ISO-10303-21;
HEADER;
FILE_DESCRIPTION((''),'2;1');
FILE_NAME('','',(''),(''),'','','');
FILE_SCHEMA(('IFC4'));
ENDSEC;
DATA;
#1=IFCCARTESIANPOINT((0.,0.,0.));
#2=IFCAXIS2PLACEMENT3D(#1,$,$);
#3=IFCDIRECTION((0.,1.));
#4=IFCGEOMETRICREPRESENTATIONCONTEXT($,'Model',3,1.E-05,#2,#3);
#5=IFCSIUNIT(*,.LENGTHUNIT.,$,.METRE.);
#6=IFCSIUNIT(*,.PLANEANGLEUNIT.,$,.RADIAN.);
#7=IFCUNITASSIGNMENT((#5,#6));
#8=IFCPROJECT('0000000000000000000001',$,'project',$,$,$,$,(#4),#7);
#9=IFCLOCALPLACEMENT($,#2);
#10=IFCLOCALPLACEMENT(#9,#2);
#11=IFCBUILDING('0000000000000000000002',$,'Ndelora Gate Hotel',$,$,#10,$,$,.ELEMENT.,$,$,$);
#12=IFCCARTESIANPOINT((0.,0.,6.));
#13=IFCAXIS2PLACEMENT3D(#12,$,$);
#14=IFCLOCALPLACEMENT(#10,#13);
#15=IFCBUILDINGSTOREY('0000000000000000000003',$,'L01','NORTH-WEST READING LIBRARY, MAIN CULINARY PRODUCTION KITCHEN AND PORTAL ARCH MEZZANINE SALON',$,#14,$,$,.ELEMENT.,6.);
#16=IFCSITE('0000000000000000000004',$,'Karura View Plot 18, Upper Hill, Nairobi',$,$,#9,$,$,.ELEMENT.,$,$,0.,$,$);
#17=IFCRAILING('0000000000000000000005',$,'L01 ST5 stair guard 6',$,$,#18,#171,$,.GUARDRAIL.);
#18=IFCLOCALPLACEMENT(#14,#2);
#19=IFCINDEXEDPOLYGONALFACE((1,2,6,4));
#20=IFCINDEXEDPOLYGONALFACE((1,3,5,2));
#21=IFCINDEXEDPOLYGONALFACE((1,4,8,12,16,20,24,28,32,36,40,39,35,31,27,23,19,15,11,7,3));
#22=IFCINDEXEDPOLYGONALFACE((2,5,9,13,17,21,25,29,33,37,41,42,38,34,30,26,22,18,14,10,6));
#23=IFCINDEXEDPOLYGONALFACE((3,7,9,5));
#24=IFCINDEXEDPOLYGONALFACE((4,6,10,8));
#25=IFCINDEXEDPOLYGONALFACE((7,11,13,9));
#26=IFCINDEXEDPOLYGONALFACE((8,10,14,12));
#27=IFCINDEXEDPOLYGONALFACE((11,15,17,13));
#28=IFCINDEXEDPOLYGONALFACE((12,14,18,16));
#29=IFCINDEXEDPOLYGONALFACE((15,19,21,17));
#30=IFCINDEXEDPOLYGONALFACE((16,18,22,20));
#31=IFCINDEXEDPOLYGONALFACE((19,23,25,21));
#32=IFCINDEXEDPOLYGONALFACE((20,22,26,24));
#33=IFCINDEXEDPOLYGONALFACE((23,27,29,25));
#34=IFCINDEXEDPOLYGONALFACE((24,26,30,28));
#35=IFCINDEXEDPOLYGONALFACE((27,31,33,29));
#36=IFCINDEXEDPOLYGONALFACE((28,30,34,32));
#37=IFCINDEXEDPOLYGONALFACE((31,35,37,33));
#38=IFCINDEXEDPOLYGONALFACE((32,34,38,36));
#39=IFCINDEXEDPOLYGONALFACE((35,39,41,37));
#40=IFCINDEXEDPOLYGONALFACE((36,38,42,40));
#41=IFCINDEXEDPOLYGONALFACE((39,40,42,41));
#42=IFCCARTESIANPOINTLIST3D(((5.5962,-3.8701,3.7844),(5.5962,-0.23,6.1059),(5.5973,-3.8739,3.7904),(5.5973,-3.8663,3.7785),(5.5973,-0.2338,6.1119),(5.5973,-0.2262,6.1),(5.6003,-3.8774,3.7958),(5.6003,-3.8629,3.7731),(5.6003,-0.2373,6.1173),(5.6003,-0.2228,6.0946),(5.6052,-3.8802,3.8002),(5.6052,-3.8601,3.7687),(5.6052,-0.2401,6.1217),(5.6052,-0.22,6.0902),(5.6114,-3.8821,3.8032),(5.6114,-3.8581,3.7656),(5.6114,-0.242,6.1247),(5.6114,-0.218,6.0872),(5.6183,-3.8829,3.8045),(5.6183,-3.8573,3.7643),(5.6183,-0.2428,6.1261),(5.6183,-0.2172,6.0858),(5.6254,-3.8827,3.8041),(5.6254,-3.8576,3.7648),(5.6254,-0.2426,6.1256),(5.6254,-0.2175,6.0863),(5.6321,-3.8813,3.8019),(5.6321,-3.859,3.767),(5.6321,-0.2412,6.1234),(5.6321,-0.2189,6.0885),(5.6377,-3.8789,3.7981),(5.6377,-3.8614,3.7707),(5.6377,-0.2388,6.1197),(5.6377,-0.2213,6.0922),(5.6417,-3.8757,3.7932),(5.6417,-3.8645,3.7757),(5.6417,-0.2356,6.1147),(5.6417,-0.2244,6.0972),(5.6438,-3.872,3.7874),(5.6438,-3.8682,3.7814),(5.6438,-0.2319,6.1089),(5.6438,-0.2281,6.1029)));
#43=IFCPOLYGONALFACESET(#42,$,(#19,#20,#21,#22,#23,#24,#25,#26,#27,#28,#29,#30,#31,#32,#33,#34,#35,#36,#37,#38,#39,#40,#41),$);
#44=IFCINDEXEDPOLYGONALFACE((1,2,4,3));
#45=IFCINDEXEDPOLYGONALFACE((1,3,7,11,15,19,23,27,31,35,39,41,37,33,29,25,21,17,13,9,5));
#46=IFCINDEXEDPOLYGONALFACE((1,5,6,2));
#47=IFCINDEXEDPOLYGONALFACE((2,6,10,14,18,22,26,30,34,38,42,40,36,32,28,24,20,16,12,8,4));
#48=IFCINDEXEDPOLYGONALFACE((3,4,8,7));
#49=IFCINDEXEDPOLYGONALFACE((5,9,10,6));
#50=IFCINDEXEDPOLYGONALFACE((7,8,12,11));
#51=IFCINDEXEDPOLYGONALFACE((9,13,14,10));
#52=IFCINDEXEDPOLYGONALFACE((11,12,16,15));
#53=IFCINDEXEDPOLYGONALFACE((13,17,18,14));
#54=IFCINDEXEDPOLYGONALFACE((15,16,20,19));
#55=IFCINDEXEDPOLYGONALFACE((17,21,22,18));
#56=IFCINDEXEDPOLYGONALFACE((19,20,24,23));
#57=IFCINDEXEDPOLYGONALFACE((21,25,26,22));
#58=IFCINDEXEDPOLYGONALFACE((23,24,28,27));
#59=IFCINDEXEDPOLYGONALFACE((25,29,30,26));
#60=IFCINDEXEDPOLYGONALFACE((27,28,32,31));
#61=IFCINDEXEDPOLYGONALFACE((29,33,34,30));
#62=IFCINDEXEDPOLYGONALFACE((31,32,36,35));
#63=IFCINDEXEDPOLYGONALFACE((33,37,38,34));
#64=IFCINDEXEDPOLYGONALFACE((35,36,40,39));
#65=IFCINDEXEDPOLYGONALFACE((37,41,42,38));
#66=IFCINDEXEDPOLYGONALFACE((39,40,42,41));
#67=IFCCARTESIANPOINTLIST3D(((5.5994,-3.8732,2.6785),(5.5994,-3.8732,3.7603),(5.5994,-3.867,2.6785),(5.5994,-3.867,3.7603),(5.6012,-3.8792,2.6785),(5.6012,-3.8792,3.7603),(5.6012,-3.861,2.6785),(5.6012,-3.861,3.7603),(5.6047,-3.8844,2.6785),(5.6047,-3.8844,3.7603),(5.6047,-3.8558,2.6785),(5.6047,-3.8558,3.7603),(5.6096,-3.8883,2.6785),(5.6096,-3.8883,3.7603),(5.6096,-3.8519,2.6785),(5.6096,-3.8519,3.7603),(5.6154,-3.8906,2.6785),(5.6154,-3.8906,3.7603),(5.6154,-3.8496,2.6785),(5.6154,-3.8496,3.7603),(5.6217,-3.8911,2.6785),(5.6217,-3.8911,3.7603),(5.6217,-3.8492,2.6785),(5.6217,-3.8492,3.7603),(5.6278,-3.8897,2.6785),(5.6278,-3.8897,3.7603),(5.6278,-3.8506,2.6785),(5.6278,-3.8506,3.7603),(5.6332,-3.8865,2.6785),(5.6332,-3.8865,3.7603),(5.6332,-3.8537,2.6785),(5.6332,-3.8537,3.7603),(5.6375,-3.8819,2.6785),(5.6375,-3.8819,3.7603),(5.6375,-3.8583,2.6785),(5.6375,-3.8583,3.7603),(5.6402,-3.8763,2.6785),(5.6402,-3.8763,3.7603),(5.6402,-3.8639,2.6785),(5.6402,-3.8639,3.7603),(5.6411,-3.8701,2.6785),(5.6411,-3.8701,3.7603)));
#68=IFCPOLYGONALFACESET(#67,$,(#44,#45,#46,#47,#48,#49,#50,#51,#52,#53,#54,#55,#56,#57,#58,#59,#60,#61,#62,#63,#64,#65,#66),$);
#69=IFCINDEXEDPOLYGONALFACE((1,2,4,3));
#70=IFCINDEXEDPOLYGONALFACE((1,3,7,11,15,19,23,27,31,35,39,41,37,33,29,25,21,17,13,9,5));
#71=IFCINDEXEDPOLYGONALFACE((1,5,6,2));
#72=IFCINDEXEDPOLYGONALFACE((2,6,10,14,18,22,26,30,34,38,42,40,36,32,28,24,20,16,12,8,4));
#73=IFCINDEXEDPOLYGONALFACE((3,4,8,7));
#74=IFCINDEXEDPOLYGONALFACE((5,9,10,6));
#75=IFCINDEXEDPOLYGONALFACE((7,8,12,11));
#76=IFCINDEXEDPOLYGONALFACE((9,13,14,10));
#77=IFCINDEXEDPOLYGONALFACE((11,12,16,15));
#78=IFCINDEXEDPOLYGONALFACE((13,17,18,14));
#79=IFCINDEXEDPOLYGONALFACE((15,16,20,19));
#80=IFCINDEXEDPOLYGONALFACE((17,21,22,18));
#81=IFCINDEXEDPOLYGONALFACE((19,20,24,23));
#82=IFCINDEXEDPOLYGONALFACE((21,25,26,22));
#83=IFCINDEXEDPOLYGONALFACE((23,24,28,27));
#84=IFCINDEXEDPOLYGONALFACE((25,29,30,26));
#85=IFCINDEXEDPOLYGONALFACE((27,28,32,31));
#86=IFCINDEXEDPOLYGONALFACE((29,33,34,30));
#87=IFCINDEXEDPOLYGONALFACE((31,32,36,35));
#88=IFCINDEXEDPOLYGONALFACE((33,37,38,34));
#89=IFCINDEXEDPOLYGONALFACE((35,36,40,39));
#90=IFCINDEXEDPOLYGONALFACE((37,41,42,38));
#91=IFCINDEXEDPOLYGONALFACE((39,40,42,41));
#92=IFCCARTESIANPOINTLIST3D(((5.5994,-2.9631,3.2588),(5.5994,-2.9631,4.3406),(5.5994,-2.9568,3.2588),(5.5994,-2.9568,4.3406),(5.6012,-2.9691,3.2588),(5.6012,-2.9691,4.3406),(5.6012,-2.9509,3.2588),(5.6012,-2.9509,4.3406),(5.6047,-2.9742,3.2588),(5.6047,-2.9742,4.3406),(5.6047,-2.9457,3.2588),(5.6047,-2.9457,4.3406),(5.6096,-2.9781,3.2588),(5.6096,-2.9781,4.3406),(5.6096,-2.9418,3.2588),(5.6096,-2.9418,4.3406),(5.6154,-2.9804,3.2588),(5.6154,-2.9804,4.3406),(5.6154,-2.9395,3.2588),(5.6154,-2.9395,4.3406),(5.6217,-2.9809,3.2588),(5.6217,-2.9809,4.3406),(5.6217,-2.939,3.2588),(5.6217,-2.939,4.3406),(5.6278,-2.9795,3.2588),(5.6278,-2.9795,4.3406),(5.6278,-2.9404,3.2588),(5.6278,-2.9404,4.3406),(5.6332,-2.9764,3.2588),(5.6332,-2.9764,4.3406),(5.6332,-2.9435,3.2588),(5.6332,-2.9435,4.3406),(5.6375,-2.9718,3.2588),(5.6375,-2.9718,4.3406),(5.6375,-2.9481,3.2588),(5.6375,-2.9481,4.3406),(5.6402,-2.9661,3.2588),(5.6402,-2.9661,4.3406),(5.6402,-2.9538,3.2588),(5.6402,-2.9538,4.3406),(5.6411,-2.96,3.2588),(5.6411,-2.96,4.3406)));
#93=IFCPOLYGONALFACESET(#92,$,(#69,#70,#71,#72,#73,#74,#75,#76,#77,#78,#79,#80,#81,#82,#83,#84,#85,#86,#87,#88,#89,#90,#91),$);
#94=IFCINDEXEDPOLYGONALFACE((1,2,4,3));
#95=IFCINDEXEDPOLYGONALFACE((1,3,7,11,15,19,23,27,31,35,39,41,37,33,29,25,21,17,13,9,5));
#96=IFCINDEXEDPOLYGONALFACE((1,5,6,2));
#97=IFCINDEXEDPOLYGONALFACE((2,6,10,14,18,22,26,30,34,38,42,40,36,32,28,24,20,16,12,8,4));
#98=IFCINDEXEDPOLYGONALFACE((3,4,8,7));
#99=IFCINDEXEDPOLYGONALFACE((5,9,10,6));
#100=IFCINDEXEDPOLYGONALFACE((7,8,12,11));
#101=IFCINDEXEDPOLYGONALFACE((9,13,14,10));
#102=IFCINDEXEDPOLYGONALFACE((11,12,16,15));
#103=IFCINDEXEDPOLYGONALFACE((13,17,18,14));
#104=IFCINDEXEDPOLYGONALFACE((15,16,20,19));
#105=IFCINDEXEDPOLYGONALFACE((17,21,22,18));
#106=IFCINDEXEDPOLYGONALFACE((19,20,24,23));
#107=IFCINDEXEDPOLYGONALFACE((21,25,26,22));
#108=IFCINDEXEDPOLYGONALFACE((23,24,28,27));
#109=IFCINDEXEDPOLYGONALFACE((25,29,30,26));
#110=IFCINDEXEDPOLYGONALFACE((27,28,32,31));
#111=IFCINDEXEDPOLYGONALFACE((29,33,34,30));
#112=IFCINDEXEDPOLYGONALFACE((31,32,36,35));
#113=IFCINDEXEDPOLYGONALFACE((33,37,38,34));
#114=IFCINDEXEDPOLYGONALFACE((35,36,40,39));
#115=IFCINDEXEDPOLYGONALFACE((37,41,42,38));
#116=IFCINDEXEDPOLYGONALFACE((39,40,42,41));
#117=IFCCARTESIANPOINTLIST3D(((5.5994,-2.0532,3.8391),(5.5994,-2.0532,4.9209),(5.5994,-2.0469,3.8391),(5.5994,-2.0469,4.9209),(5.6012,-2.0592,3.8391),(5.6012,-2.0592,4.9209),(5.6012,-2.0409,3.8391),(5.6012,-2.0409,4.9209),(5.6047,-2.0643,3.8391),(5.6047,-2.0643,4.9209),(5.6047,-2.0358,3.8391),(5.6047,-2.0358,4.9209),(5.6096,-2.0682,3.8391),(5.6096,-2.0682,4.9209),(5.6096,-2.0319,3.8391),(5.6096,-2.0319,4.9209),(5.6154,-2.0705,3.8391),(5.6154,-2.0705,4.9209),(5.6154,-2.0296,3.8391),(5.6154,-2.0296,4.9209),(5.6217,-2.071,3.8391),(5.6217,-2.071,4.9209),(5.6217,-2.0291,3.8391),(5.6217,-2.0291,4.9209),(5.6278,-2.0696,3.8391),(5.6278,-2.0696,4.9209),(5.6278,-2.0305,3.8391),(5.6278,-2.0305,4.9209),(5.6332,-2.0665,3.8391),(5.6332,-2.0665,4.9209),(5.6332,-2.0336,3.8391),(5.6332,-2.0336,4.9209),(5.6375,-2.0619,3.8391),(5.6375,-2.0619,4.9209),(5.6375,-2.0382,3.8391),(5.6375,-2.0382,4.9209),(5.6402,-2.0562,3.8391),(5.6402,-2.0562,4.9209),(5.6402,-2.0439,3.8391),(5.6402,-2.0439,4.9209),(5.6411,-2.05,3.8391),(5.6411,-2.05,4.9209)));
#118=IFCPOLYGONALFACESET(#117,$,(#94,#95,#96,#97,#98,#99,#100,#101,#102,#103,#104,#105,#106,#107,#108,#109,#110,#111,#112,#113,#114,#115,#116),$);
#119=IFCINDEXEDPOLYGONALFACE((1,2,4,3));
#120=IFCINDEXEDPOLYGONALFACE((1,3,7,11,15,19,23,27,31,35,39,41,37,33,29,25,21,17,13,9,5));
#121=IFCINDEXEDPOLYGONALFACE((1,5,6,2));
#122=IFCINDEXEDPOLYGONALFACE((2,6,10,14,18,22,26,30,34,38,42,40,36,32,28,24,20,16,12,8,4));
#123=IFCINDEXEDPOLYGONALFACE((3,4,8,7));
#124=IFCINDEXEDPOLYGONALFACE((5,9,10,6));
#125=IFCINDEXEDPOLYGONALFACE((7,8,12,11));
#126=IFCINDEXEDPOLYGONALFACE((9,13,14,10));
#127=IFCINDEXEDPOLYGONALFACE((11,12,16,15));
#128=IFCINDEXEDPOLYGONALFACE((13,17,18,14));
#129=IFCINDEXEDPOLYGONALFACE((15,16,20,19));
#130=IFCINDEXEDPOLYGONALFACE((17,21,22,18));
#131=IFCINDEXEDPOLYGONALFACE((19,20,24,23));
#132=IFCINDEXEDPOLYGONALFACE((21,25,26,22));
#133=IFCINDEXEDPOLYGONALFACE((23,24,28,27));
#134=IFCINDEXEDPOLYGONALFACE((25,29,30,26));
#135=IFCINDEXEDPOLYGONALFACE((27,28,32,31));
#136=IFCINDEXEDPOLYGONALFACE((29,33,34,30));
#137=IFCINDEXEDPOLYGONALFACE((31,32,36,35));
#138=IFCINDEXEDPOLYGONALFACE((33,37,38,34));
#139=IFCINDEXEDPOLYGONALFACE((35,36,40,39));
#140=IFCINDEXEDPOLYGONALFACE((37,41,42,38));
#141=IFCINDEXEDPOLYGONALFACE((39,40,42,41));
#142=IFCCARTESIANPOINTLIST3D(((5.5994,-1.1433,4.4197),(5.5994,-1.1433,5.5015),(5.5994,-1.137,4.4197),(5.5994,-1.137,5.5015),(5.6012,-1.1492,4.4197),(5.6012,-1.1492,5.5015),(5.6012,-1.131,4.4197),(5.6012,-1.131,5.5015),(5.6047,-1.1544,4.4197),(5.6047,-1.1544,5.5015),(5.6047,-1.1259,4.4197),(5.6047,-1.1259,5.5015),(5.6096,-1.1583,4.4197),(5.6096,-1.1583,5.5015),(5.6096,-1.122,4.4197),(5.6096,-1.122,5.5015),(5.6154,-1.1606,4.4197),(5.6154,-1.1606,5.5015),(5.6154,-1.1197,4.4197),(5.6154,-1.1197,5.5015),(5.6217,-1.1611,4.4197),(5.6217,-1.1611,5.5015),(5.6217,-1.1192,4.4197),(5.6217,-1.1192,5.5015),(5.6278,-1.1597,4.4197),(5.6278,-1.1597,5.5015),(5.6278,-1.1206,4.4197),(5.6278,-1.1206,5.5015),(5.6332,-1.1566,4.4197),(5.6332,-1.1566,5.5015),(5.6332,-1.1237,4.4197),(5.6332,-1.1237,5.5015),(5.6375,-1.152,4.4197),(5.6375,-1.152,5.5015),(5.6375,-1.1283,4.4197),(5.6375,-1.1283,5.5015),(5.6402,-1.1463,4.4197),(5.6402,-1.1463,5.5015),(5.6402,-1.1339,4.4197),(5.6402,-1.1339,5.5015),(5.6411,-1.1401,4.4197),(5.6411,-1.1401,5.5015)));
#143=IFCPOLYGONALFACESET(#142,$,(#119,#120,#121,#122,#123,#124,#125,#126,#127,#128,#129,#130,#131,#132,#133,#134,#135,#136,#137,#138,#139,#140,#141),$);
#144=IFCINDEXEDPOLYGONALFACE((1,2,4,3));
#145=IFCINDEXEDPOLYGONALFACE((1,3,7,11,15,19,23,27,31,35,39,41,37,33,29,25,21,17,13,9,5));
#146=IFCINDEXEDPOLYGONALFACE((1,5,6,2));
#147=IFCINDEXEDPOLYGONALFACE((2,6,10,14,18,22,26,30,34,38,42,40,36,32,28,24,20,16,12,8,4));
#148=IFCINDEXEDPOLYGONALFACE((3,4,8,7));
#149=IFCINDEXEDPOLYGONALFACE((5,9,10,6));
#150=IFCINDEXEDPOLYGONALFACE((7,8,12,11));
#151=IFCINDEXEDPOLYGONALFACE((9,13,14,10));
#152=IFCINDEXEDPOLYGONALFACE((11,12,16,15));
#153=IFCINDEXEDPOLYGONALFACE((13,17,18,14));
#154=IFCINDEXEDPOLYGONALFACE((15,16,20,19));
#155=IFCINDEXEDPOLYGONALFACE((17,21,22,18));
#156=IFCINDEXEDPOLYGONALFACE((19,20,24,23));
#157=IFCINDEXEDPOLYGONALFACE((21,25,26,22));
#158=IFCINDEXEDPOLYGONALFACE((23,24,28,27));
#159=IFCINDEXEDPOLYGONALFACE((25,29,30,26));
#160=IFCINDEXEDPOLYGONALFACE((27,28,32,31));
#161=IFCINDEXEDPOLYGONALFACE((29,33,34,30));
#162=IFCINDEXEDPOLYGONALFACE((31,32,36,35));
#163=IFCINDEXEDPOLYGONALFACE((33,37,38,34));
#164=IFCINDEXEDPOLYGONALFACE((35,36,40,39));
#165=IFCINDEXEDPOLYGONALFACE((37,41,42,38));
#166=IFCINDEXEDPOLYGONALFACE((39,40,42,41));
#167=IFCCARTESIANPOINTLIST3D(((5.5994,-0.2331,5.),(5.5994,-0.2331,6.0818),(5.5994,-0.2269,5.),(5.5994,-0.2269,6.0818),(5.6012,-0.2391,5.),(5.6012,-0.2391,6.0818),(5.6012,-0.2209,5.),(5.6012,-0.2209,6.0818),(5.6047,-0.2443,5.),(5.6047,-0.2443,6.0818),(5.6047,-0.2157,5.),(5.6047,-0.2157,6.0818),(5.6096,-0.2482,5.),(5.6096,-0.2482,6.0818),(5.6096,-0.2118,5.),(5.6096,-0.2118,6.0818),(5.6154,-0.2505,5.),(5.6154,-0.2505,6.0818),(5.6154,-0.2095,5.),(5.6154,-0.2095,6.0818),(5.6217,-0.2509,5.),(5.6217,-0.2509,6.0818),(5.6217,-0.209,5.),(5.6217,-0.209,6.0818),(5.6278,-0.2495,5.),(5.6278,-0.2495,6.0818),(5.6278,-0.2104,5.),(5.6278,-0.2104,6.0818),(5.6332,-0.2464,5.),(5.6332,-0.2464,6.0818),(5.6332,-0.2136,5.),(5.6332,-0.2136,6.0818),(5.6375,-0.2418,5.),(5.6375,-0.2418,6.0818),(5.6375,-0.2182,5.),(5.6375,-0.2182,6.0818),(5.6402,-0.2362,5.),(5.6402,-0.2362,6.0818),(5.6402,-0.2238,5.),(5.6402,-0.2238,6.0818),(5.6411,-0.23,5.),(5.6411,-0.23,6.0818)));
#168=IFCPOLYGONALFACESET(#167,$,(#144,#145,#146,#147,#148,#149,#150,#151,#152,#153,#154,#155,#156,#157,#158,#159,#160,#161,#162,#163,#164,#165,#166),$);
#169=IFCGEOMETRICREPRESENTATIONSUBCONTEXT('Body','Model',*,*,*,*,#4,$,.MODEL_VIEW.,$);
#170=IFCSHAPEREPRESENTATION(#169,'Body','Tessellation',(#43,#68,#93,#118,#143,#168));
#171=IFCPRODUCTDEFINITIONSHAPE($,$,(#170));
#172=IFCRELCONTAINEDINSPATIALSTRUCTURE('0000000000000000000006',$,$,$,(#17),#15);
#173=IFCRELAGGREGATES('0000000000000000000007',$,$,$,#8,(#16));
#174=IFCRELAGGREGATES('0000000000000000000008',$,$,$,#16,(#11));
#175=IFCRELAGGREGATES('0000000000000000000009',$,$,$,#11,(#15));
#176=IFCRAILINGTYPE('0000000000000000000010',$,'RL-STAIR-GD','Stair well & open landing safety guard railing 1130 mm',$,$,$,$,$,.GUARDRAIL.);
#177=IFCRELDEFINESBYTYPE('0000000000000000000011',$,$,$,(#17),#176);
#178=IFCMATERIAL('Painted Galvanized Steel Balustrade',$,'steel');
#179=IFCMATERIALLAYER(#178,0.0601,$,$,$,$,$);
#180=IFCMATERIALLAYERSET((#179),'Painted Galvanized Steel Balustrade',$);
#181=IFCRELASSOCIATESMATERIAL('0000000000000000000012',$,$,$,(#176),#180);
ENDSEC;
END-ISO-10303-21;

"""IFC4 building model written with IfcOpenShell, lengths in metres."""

from ifc_helpers import new_model, si_unit, direction, frame, origin, origin_2d, place, context, subcontext, project, spatial, circle, extrude, material, layer, layer_set, type_object, element, save


model = new_model("IFC4")

# Units and contexts
model_context = context("Model", 3, precision=1e-05, world=origin(), true_north=direction((0.0, 1.0)))
body_context = subcontext(model_context, "Body", "Model", "MODEL_VIEW")
ifc_project = project(units=[si_unit("LENGTHUNIT", "METRE"), si_unit("PLANEANGLEUNIT", "RADIAN")], contexts=[model_context])

# Site, building, storey
site_placement = place(None, origin())
site = spatial("IfcSite", under=ifc_project, at=site_placement, Name="Karura View Plot 18, Upper Hill, Nairobi", CompositionType="ELEMENT", RefElevation=0.0)
building_placement = place(site_placement, origin())
building = spatial("IfcBuilding", under=site, at=building_placement, Name="Ndelora Gate Hotel", CompositionType="ELEMENT")
storey_placement = place(building_placement, frame((0.0, 0.0, 6.0)))
storey = spatial("IfcBuildingStorey", under=building, at=storey_placement, Name="L01", Description="NORTH-WEST READING LIBRARY, MAIN CULINARY PRODUCTION KITCHEN AND PORTAL ARCH MEZZANINE SALON", CompositionType="ELEMENT", Elevation=6.0)

# Railing
ifc_material_1 = material(Name="Painted Galvanized Steel Balustrade", Category="steel")
ifc_layer_1 = layer(ifc_material_1, 0.0601)
ifc_layer_set_1 = layer_set([ifc_layer_1], Name="Painted Galvanized Steel Balustrade")
railing_type_1 = type_object("IfcRailingType", Name="RL-STAIR-GD", Description="Stair well & open landing safety guard railing 1130 mm", PredefinedType="GUARDRAIL", material=ifc_layer_set_1)
railing_1_placement = place(storey_placement, frame((5.6201, -3.8701, 2.6785)))
element("IfcRailing", 1, at=railing_1_placement, inside=storey, type_object=railing_type_1, Name="L01 ST5 stair guard 6", PredefinedType="GUARDRAIL", context=body_context, shape_type="SweptSolid", body=[
    extrude(circle(Radius=0.0239, at=origin_2d()), frame((0.0, 0.0, 1.106), z_axis=(0.0, 0.843128, 0.537713), x_axis=(-1.0, 0.0, 0.0)), (0.0, 0.0, 1.0), 4.3174),
    extrude(circle(Radius=0.021, at=origin_2d()), origin(), (0.0, 0.0, 1.0), 1.0818),
    extrude(circle(Radius=0.021, at=origin_2d()), frame((0.0, 0.9102, 0.5803)), (0.0, 0.0, 1.0), 1.0818),
    extrude(circle(Radius=0.021, at=origin_2d()), frame((0.0, 1.8201, 1.1606)), (0.0, 0.0, 1.0), 1.0818),
    extrude(circle(Radius=0.021, at=origin_2d()), frame((0.0, 2.73, 1.7412)), (0.0, 0.0, 1.0), 1.0818),
    extrude(circle(Radius=0.021, at=origin_2d()), frame((0.0, 3.6401, 2.3215)), (0.0, 0.0, 1.0), 1.0818),
])

save(model, "model.ifc")
